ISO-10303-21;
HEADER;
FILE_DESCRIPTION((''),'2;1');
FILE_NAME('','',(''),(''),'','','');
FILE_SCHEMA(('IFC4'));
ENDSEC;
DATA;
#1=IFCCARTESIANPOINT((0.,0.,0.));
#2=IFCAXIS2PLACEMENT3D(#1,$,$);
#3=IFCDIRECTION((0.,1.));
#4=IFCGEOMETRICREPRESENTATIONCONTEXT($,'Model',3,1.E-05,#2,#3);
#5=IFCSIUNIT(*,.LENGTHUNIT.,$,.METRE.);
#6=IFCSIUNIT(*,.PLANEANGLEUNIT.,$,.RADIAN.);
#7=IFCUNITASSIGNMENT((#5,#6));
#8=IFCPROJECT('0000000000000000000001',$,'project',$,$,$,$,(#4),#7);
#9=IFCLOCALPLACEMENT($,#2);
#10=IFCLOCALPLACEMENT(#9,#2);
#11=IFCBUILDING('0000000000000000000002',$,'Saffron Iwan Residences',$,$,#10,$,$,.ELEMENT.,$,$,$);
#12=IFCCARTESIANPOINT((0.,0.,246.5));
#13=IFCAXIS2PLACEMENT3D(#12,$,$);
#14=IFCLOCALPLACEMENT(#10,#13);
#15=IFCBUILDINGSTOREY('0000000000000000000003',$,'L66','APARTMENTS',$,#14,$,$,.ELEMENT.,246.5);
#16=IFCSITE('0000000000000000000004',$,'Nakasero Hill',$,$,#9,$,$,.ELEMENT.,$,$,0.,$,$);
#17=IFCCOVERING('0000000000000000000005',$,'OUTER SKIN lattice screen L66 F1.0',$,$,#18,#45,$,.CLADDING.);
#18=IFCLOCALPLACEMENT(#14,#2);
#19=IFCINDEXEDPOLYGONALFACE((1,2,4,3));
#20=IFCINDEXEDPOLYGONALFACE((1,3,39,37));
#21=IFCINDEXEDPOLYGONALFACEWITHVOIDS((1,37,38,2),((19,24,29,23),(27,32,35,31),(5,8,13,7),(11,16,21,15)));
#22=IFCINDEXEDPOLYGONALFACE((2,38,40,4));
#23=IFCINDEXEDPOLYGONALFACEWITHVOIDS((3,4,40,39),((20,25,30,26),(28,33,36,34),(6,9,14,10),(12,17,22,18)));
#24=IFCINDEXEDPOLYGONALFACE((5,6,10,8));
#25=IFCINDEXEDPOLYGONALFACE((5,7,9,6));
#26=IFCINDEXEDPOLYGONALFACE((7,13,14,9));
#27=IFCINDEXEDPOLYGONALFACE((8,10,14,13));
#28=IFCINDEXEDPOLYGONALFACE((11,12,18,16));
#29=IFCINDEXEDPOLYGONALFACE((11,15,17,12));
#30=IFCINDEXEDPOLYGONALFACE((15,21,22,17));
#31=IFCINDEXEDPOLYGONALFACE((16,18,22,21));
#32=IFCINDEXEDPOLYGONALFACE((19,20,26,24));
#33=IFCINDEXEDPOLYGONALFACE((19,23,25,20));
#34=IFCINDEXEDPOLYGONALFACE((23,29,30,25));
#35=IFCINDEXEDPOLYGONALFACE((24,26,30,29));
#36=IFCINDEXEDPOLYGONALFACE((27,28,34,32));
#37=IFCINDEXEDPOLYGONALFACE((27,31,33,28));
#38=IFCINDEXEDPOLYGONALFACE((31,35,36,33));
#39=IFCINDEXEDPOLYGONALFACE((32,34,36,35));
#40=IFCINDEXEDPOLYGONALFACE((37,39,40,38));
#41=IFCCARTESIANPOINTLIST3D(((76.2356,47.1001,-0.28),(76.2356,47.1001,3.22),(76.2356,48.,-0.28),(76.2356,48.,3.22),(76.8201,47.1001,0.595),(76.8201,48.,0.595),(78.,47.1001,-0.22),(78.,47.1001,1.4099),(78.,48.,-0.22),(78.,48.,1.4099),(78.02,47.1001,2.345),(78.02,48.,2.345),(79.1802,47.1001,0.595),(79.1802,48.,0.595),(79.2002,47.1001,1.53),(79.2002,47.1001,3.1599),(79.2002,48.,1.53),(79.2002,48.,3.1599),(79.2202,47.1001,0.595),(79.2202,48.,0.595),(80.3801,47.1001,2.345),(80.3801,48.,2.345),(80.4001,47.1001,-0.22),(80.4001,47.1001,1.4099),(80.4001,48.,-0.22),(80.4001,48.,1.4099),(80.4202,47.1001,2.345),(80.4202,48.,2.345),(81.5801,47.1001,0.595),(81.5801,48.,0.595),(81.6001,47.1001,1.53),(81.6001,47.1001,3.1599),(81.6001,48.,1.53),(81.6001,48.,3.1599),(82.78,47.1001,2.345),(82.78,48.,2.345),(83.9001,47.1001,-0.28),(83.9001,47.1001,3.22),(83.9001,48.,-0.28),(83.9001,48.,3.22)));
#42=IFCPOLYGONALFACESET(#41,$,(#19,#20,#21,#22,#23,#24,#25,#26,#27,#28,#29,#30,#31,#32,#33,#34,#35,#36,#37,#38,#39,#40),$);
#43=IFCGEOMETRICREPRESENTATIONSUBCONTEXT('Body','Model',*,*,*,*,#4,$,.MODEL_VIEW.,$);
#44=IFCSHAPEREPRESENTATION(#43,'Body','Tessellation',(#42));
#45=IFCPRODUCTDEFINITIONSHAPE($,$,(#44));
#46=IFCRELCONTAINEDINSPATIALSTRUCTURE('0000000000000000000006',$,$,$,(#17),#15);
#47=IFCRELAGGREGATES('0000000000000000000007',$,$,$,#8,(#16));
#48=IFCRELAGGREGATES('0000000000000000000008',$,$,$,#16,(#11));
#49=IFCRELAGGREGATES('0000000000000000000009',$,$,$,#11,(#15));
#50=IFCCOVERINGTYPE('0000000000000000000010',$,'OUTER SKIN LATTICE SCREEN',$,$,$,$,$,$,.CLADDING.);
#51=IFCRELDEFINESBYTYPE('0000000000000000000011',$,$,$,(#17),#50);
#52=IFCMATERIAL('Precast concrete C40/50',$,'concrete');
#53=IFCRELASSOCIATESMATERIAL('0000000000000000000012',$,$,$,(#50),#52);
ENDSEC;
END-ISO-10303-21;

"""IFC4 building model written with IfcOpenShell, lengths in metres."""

from ifc_helpers import new_model, si_unit, direction, frame, origin, place, context, subcontext, project, spatial, polyline, outline, extrude, material, type_object, element, save


model = new_model("IFC4")

# Units and contexts
model_context = context("Model", 3, precision=1e-05, world=origin(), true_north=direction((0.0, 1.0)))
body_context = subcontext(model_context, "Body", "Model", "MODEL_VIEW")
ifc_project = project(units=[si_unit("LENGTHUNIT", "METRE"), si_unit("PLANEANGLEUNIT", "RADIAN")], contexts=[model_context])

# Site, building, storey
site_placement = place(None, origin())
site = spatial("IfcSite", under=ifc_project, at=site_placement, Name="Nakasero Hill", CompositionType="ELEMENT", RefElevation=0.0)
building_placement = place(site_placement, origin())
building = spatial("IfcBuilding", under=site, at=building_placement, Name="Saffron Iwan Residences", CompositionType="ELEMENT")
storey_placement = place(building_placement, frame((0.0, 0.0, 246.5)))
storey = spatial("IfcBuildingStorey", under=building, at=storey_placement, Name="L66", Description="APARTMENTS", CompositionType="ELEMENT", Elevation=246.5)

# Covering
ifc_material_1 = material(Name="Precast concrete C40/50", Category="concrete")
covering_type = type_object("IfcCoveringType", Name="OUTER SKIN LATTICE SCREEN", PredefinedType="CLADDING", material=ifc_material_1)
covering_placement = place(storey_placement, frame((76.2356, 48.0, -0.28), z_axis=(0.0, -1.0, 0.0), x_axis=(1.0, 0.0, 0.0)))
element("IfcCovering", 1, at=covering_placement, inside=storey, type_object=covering_type, Name="OUTER SKIN lattice screen L66 F1.0", PredefinedType="CLADDING", context=body_context, shape_type="SweptSolid", body=[
    extrude(outline(polyline([(0.0, 0.0), (7.6646, 0.0), (7.6646, 3.5), (0.0, 3.5), (0.0, 0.0)]), holes=[polyline([(0.5845, 0.875), (1.7644, 0.0601), (2.9446, 0.875), (1.7644, 1.6899), (0.5845, 0.875)]), polyline([(2.9846, 0.875), (4.1646, 0.0601), (5.3445, 0.875), (4.1646, 1.6899), (2.9846, 0.875)]), polyline([(1.7844, 2.625), (2.9646, 1.8101), (4.1445, 2.625), (2.9646, 3.4399), (1.7844, 2.625)]), polyline([(4.1846, 2.625), (5.3645, 1.8101), (6.5444, 2.625), (5.3645, 3.4399), (4.1846, 2.625)])]), origin(), (0.0, 0.0, 1.0), 0.8999),
])

save(model, "model.ifc")
